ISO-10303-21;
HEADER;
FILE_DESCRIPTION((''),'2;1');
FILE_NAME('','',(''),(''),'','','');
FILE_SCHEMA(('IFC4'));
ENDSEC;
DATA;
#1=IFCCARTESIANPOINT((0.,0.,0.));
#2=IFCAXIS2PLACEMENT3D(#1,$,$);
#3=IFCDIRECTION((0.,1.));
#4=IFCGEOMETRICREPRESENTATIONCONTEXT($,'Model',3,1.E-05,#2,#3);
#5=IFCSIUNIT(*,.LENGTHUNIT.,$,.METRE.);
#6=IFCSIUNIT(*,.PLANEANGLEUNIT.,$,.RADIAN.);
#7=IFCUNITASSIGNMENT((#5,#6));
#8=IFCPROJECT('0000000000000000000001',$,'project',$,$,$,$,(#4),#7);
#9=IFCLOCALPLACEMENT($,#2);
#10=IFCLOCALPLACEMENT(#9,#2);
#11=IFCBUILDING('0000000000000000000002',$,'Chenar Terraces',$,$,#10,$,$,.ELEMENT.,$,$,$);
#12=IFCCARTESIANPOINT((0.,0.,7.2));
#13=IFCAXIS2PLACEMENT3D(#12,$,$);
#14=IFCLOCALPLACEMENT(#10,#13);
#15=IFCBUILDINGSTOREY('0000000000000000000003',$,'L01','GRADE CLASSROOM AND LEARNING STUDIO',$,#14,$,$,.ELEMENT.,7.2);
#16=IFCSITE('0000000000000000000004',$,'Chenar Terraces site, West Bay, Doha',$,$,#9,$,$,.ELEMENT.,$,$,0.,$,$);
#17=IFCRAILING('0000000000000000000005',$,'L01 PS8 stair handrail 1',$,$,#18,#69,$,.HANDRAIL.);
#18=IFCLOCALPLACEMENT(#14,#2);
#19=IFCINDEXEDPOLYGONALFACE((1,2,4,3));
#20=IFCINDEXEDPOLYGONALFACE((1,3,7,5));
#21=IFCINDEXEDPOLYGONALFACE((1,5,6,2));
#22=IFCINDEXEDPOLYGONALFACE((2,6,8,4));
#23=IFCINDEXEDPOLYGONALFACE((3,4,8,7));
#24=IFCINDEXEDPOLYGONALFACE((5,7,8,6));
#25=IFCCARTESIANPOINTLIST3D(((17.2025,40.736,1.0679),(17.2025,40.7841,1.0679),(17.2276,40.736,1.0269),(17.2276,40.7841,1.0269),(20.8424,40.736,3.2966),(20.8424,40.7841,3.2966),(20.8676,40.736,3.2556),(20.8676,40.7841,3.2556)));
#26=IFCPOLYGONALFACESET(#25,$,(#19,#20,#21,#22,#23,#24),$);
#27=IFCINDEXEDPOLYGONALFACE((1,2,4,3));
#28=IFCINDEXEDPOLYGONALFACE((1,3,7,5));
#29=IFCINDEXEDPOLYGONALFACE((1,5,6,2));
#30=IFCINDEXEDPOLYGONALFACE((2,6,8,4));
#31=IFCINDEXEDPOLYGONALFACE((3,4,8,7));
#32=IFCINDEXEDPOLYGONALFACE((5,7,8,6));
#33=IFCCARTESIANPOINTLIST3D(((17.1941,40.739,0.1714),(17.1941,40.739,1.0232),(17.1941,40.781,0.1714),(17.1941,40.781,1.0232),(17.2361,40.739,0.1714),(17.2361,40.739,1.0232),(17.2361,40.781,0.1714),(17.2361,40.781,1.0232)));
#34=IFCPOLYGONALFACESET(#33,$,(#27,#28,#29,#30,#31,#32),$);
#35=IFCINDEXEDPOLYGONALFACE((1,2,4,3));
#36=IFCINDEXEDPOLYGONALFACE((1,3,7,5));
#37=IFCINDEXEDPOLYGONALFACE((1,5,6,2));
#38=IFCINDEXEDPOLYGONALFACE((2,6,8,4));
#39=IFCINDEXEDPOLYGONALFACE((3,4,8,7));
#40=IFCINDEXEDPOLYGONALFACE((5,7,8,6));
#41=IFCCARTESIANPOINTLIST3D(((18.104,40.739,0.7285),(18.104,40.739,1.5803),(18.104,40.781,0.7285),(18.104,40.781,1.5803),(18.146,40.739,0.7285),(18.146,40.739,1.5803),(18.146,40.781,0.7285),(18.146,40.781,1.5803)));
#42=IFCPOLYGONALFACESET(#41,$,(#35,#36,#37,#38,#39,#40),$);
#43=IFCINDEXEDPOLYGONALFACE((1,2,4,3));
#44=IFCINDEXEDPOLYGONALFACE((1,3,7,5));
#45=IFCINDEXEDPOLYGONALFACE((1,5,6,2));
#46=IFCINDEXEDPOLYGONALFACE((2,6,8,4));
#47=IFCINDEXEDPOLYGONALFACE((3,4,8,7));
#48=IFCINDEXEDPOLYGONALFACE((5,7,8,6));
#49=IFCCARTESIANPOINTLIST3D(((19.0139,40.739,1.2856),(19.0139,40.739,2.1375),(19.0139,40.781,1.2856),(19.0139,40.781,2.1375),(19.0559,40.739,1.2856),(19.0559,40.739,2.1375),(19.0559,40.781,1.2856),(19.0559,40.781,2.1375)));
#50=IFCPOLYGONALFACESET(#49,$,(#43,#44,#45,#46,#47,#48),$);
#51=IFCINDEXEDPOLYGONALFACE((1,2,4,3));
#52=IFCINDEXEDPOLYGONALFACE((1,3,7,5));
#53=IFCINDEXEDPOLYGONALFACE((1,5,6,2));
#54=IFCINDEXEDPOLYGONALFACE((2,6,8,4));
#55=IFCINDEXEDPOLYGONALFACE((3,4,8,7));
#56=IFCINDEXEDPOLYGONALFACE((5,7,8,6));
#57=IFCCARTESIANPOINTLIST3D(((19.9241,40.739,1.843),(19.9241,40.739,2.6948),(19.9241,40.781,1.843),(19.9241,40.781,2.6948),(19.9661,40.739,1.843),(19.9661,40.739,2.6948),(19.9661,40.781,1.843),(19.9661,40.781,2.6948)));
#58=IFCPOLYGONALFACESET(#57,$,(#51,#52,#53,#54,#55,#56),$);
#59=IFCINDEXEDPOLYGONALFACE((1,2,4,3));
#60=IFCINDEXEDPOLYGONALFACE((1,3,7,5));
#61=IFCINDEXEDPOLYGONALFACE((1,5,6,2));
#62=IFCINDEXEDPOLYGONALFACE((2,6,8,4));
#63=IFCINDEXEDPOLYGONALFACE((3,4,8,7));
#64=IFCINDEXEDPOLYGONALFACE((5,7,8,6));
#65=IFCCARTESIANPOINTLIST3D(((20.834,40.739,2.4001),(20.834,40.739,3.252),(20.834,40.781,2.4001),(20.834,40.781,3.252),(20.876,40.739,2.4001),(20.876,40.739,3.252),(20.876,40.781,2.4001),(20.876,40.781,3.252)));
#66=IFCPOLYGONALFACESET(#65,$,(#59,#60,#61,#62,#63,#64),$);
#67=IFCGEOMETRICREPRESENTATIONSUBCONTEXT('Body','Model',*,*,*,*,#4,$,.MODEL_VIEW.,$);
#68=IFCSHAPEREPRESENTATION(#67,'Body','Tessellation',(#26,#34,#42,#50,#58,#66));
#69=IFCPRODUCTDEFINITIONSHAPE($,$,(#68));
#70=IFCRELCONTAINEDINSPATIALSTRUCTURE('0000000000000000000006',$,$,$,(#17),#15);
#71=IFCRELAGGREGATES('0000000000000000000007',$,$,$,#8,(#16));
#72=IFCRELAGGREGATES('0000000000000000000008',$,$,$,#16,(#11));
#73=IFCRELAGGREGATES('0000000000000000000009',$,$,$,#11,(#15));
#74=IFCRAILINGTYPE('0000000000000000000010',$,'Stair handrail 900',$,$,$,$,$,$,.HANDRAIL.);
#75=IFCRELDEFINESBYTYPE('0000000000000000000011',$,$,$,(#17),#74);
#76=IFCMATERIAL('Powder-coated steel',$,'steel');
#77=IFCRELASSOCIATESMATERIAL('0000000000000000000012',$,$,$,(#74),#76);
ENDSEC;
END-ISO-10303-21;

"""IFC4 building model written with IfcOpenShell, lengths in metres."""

from ifc_helpers import new_model, si_unit, direction, frame, origin, origin_2d, place, context, subcontext, project, spatial, rectangle, extrude, material, type_object, element, save


model = new_model("IFC4")

# Units and contexts
model_context = context("Model", 3, precision=1e-05, world=origin(), true_north=direction((0.0, 1.0)))
body_context = subcontext(model_context, "Body", "Model", "MODEL_VIEW")
ifc_project = project(units=[si_unit("LENGTHUNIT", "METRE"), si_unit("PLANEANGLEUNIT", "RADIAN")], contexts=[model_context])

# Site, building, storey
site_placement = place(None, origin())
site = spatial("IfcSite", under=ifc_project, at=site_placement, Name="Chenar Terraces site, West Bay, Doha", CompositionType="ELEMENT", RefElevation=0.0)
building_placement = place(site_placement, origin())
building = spatial("IfcBuilding", under=site, at=building_placement, Name="Chenar Terraces", CompositionType="ELEMENT")
storey_placement = place(building_placement, frame((0.0, 0.0, 7.2)))
storey = spatial("IfcBuildingStorey", under=building, at=storey_placement, Name="L01", Description="GRADE CLASSROOM AND LEARNING STUDIO", CompositionType="ELEMENT", Elevation=7.2)

# Railing
ifc_material_1 = material(Name="Powder-coated steel", Category="steel")
railing_type_1 = type_object("IfcRailingType", Name="Stair handrail 900", PredefinedType="HANDRAIL", material=ifc_material_1)
railing_1_placement = place(storey_placement, frame((17.2151, 40.76, 0.1714)))
element("IfcRailing", 1, at=railing_1_placement, inside=storey, type_object=railing_type_1, Name="L01 PS8 stair handrail 1", PredefinedType="HANDRAIL", context=body_context, shape_type="SweptSolid", body=[
    extrude(rectangle(XDim=0.0481, YDim=0.0481, at=origin_2d()), frame((0.0, 0.0, 0.876), z_axis=(0.852825, 0.0, 0.522197), x_axis=(0.0, 1.0, 0.0)), (0.0, 0.0, 1.0), 4.2681),
    extrude(rectangle(XDim=0.042, YDim=0.042, at=origin_2d()), origin(), (0.0, 0.0, 1.0), 0.8518),
    extrude(rectangle(XDim=0.042, YDim=0.042, at=origin_2d()), frame((0.9099, 0.0, 0.5571)), (0.0, 0.0, 1.0), 0.8518),
    extrude(rectangle(XDim=0.042, YDim=0.042, at=origin_2d()), frame((1.8198, 0.0, 1.1143)), (0.0, 0.0, 1.0), 0.8518),
    extrude(rectangle(XDim=0.042, YDim=0.042, at=origin_2d()), frame((2.73, 0.0, 1.6716)), (0.0, 0.0, 1.0), 0.8518),
    extrude(rectangle(XDim=0.042, YDim=0.042, at=origin_2d()), frame((3.6399, 0.0, 2.2288)), (0.0, 0.0, 1.0), 0.8518),
])

save(model, "model.ifc")
